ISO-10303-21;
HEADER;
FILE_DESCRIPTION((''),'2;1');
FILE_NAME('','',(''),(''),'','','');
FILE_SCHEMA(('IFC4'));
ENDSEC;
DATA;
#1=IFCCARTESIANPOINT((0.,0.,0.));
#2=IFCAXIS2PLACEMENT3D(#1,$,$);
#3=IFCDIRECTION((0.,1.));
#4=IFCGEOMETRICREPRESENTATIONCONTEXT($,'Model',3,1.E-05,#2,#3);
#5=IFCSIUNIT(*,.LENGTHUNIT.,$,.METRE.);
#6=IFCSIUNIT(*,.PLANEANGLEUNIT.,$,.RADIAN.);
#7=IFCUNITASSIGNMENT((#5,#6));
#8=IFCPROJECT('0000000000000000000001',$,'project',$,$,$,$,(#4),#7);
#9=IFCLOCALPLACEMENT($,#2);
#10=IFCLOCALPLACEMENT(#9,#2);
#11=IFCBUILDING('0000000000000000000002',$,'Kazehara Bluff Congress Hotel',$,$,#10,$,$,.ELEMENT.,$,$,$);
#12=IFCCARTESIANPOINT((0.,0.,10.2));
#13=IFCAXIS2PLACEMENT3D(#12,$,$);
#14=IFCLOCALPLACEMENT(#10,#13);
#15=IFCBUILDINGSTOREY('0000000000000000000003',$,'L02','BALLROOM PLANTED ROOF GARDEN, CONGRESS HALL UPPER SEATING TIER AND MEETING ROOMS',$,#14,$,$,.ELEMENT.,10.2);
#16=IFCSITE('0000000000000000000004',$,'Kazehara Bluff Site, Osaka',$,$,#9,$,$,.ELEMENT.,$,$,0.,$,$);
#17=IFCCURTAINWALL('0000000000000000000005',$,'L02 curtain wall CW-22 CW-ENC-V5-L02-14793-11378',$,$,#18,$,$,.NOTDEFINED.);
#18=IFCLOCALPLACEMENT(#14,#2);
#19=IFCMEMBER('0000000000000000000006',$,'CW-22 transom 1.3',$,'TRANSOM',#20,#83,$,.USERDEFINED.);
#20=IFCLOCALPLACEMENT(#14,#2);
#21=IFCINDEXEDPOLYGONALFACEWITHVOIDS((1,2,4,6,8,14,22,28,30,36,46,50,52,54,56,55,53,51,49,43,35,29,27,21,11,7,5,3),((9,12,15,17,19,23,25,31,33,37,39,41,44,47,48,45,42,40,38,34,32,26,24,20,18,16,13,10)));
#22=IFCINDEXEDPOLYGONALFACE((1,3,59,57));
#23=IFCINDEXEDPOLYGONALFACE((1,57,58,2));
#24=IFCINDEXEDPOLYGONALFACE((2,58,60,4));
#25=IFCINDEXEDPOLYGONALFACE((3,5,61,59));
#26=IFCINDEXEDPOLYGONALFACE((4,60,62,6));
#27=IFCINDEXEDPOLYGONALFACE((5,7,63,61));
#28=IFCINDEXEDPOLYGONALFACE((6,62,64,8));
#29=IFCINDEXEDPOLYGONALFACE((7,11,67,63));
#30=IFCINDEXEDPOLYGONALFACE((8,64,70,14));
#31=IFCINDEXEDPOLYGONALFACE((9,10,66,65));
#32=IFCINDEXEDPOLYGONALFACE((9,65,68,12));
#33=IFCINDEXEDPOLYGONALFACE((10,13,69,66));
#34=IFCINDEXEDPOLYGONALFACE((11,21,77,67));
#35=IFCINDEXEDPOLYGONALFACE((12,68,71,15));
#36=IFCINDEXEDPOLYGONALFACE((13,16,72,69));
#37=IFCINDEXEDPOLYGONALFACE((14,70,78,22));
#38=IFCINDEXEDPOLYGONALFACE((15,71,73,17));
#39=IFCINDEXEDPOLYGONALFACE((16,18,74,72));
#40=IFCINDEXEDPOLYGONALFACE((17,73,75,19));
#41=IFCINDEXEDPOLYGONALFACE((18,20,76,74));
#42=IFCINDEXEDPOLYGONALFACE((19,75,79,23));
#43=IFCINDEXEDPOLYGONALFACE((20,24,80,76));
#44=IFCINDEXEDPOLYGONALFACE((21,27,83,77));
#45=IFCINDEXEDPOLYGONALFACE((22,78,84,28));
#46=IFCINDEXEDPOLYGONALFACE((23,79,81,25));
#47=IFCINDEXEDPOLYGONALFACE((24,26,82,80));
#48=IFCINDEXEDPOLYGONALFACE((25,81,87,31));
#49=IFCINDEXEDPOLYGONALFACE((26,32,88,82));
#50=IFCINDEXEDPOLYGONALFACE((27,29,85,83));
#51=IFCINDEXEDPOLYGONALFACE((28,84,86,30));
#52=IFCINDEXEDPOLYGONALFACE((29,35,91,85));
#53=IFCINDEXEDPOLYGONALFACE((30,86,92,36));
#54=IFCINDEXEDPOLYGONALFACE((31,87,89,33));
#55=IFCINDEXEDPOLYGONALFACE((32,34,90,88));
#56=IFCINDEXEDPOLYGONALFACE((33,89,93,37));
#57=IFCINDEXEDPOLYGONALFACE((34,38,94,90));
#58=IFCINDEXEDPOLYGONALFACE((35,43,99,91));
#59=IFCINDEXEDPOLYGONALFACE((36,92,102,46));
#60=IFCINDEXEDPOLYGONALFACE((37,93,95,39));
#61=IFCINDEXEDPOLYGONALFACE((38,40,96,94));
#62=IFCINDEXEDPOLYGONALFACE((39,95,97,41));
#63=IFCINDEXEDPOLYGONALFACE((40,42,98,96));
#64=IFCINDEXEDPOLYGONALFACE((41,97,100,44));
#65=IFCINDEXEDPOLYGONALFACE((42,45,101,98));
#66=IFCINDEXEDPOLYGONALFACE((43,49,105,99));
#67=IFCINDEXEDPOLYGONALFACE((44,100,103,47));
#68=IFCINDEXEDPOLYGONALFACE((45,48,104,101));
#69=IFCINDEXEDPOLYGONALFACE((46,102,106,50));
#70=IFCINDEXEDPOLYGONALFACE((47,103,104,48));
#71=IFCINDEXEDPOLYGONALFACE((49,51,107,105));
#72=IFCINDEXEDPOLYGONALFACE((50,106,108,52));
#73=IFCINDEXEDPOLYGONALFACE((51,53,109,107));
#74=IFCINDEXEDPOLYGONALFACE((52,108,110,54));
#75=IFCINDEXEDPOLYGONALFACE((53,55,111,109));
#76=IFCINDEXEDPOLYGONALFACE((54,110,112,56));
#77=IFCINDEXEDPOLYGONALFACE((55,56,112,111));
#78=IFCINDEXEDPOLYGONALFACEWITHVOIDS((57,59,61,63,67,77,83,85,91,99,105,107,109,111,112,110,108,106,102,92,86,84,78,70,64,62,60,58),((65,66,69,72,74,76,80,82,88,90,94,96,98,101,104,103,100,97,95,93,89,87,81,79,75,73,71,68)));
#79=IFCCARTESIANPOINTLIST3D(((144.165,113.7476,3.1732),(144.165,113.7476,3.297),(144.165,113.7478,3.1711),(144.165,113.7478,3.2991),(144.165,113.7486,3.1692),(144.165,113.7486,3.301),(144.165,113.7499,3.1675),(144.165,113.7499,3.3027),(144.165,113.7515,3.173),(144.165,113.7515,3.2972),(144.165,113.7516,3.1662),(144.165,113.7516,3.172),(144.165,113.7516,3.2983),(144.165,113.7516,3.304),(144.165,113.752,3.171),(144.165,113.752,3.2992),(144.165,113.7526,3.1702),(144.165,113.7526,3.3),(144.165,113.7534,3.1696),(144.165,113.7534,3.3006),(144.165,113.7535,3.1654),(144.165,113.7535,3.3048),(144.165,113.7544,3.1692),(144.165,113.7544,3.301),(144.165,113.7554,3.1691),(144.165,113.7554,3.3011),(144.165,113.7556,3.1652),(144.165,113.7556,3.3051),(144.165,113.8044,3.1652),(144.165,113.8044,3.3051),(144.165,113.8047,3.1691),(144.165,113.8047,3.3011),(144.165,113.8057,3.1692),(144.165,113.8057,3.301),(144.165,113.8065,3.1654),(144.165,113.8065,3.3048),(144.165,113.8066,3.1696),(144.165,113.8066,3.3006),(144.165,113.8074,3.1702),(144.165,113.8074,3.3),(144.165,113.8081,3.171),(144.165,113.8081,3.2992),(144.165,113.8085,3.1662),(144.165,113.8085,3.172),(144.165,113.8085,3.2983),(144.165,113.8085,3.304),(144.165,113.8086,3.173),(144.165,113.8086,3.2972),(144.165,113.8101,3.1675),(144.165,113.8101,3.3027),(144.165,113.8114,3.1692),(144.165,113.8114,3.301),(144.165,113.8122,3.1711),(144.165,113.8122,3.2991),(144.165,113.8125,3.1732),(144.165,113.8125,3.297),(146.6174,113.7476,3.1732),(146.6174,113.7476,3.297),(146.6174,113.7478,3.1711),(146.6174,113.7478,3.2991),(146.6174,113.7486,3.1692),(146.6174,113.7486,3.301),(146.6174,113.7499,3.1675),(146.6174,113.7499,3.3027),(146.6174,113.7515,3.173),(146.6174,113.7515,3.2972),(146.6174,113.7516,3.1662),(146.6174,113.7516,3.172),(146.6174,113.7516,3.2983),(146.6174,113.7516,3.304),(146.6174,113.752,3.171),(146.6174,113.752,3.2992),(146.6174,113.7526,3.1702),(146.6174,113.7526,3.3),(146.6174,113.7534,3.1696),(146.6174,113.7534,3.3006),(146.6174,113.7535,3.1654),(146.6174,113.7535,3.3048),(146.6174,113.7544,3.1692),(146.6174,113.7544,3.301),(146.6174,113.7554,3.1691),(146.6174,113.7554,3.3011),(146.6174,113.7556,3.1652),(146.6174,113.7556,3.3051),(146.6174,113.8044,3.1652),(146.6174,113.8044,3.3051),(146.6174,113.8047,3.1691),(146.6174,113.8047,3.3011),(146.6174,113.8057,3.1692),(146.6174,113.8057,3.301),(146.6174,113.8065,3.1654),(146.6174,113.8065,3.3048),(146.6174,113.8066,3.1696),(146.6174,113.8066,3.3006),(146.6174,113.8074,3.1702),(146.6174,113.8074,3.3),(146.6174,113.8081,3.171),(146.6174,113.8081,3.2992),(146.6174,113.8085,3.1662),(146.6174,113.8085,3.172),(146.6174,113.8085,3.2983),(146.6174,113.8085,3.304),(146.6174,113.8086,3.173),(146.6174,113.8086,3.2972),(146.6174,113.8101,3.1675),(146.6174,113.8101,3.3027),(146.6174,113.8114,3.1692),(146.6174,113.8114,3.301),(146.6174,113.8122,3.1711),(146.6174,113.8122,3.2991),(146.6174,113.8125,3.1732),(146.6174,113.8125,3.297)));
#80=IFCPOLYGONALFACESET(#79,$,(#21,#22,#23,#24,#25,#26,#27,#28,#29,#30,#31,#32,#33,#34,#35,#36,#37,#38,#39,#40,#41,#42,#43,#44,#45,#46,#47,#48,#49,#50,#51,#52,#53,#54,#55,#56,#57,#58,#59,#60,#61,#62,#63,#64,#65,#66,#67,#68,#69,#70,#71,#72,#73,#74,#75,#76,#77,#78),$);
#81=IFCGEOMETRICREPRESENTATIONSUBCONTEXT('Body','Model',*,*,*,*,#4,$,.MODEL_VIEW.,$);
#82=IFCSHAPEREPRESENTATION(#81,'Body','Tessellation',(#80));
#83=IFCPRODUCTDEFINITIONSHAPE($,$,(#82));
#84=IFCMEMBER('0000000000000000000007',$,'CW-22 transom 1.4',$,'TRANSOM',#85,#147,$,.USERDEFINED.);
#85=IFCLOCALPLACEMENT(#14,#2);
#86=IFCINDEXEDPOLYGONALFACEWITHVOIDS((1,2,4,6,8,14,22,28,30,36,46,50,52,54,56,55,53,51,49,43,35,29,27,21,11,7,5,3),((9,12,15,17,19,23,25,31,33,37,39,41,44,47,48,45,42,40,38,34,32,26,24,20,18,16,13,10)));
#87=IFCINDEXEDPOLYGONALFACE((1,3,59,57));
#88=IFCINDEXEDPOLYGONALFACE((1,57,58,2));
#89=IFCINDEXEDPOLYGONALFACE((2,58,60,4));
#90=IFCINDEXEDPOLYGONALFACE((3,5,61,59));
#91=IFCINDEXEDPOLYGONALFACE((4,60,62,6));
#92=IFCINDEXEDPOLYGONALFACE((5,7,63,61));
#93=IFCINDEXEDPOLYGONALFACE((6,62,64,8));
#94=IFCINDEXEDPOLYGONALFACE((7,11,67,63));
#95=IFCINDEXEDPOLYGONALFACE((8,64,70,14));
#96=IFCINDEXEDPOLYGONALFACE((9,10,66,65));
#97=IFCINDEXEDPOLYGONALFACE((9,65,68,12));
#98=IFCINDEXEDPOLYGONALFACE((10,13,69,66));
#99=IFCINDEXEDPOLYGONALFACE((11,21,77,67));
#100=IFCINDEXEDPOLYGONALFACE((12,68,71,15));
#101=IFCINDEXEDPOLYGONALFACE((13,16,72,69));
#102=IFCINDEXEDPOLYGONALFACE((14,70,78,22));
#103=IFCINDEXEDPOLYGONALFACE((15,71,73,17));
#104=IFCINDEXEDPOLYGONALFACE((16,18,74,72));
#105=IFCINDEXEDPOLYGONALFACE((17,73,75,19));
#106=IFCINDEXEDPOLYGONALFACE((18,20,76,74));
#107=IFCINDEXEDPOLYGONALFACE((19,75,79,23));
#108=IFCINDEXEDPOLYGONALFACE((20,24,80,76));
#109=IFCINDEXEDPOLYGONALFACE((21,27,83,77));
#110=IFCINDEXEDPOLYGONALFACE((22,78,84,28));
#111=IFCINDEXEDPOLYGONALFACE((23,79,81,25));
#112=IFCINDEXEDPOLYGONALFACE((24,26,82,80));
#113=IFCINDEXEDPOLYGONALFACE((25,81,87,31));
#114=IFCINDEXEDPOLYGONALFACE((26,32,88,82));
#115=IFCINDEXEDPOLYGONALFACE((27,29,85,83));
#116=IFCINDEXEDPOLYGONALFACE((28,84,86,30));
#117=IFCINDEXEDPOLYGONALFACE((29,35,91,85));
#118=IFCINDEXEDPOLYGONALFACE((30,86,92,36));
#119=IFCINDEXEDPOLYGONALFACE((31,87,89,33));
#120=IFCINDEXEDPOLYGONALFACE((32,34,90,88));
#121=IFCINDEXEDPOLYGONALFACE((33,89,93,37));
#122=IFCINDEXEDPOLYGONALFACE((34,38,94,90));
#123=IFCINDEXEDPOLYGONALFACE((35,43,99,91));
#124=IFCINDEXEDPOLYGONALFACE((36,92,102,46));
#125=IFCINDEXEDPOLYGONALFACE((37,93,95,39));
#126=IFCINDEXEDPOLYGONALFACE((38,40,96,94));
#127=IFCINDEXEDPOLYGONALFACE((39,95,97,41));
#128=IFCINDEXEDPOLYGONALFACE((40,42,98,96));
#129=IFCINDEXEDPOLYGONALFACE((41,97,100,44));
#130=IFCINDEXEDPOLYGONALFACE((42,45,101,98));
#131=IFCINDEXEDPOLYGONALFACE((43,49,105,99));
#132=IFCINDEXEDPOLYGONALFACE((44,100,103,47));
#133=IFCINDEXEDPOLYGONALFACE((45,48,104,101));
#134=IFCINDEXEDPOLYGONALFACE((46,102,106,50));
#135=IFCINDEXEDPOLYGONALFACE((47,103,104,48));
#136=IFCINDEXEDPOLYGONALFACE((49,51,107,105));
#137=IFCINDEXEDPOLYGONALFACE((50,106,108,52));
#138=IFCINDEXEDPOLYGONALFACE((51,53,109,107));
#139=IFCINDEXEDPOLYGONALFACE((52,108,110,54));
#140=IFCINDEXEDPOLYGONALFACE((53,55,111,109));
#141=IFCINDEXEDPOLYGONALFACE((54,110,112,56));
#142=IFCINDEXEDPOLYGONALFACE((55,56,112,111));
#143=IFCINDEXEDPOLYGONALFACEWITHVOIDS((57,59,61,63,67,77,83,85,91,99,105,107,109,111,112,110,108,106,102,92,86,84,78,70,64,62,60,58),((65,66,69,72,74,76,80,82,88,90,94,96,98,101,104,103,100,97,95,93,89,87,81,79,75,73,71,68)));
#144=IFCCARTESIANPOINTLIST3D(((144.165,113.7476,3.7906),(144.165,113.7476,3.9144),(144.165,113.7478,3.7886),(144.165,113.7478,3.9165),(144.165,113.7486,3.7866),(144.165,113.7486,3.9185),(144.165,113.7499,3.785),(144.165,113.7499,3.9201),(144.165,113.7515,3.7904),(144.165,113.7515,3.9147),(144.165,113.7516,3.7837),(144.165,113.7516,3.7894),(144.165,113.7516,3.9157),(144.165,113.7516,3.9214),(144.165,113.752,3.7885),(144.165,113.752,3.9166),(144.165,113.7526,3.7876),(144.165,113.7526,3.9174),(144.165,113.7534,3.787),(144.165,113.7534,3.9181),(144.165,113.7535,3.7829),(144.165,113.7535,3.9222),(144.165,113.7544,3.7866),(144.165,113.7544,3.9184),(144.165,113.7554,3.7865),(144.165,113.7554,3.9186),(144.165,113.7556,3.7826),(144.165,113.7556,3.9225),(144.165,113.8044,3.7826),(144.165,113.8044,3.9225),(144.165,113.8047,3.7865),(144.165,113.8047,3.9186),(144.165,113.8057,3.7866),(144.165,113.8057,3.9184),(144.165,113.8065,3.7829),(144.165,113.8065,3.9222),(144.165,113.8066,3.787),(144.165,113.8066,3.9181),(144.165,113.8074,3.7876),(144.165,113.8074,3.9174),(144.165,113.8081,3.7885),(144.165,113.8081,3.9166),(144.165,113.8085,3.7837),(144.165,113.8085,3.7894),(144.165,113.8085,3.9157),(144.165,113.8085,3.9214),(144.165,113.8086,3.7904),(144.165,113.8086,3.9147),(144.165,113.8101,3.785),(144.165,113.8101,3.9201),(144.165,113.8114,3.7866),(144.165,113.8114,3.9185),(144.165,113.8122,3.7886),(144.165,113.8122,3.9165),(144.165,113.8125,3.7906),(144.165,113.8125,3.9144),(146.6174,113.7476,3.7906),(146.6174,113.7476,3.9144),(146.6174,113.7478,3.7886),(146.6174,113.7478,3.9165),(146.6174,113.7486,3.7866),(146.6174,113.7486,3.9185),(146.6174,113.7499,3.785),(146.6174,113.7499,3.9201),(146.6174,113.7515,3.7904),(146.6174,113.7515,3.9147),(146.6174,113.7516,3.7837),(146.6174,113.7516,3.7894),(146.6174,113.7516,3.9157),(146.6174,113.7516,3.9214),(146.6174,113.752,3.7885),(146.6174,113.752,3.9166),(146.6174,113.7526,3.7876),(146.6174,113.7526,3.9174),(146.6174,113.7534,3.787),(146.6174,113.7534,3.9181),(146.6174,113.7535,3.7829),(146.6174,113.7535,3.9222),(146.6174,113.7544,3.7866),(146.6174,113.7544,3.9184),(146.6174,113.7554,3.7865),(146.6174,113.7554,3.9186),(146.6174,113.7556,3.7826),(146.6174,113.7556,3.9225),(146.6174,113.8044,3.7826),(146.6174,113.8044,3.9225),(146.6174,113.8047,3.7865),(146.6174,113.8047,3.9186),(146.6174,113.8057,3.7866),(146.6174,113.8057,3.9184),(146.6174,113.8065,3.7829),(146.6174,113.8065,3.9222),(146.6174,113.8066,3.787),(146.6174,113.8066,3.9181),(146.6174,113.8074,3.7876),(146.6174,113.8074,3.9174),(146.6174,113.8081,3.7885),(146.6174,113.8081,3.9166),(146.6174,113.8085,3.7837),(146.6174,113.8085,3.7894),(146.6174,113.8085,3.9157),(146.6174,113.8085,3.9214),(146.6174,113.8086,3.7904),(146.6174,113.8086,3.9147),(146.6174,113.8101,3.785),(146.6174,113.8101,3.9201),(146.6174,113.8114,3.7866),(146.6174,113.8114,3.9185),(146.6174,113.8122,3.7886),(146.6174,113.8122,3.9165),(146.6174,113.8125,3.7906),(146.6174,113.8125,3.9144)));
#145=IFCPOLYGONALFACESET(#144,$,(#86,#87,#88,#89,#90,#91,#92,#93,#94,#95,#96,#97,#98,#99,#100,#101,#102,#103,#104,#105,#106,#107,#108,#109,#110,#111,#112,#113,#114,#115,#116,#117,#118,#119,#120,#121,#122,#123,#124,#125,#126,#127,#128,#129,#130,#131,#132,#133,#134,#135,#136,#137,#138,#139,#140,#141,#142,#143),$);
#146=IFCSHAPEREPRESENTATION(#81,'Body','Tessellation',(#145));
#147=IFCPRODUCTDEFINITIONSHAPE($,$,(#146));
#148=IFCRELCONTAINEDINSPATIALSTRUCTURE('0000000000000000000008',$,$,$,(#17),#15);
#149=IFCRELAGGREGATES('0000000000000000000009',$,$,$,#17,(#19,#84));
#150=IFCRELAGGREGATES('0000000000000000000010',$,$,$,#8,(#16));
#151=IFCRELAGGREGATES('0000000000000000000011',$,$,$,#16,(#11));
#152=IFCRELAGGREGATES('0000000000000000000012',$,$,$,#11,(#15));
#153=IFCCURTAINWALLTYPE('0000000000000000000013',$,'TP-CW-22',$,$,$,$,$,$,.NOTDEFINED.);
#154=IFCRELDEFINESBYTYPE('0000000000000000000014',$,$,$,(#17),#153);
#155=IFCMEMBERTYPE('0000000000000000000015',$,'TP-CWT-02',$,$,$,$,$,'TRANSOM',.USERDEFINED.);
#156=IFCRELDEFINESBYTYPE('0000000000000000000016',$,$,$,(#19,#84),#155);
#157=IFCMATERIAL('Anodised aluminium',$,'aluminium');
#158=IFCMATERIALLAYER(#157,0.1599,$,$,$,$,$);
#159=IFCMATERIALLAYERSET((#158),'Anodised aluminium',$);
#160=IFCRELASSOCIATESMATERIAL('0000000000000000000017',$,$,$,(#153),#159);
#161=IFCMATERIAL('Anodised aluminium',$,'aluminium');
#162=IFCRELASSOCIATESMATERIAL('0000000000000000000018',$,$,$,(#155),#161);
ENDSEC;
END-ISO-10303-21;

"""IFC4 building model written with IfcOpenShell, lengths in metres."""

from ifc_helpers import new_model, si_unit, direction, frame, origin, origin_2d, place, context, subcontext, project, spatial, hollow_rectangle, extrude, material, layer, layer_set, material_profile, profile_set, type_object, element, aggregate, save


model = new_model("IFC4")

# Units and contexts
model_context = context("Model", 3, precision=1e-05, world=origin(), true_north=direction((0.0, 1.0)))
body_context = subcontext(model_context, "Body", "Model", "MODEL_VIEW")
ifc_project = project(units=[si_unit("LENGTHUNIT", "METRE"), si_unit("PLANEANGLEUNIT", "RADIAN")], contexts=[model_context])

# Site, building, storey
site_placement = place(None, origin())
site = spatial("IfcSite", under=ifc_project, at=site_placement, Name="Kazehara Bluff Site, Osaka", CompositionType="ELEMENT", RefElevation=0.0)
building_placement = place(site_placement, origin())
building = spatial("IfcBuilding", under=site, at=building_placement, Name="Kazehara Bluff Congress Hotel", CompositionType="ELEMENT")
storey_placement = place(building_placement, frame((0.0, 0.0, 10.2)))
storey = spatial("IfcBuildingStorey", under=building, at=storey_placement, Name="L02", Description="BALLROOM PLANTED ROOF GARDEN, CONGRESS HALL UPPER SEATING TIER AND MEETING ROOMS", CompositionType="ELEMENT", Elevation=10.2)

# Curtain wall
ifc_material_1 = material(Name="Anodised aluminium", Category="aluminium")
ifc_layer_1 = layer(ifc_material_1, 0.1599)
ifc_layer_set_1 = layer_set([ifc_layer_1], Name="Anodised aluminium")
curtain_wall_type_1 = type_object("IfcCurtainWallType", Name="TP-CW-22", PredefinedType="NOTDEFINED", material=ifc_layer_set_1)
curtain_wall_1_placement = place(storey_placement, origin())
curtain_wall_1 = element("IfcCurtainWall", 1, at=curtain_wall_1_placement, inside=storey, type_object=curtain_wall_type_1, Name="L02 curtain wall CW-22 CW-ENC-V5-L02-14793-11378", PredefinedType="NOTDEFINED")

# Members
ifc_material_2 = material(Name="Anodised aluminium", Category="aluminium")
ifc_material_profile_1 = material_profile(ifc_material_2, hollow_rectangle(XDim=0.0649, YDim=0.1399, WallThickness=0.0039, InnerFilletRadius=0.0039, OuterFilletRadius=0.0081, at=origin_2d()))
ifc_profile_set_1 = profile_set([ifc_material_profile_1], Name="Anodised aluminium")
member_type_1 = type_object("IfcMemberType", Name="TP-CWT-02", ElementType="TRANSOM", PredefinedType="USERDEFINED", material=ifc_profile_set_1)
member_1_placement = place(storey_placement, frame((144.165, 113.78, 3.2351), z_axis=(1.0, 0.0, 0.0), x_axis=(0.0, 1.0, 0.0)))
member_1 = element("IfcMember", 2, at=member_1_placement, type_object=member_type_1, Name="CW-22 transom 1.3", ObjectType="TRANSOM", PredefinedType="USERDEFINED", context=body_context, shape_type="SweptSolid", body=[
    extrude(hollow_rectangle(XDim=0.0649, YDim=0.1399, WallThickness=0.0039, InnerFilletRadius=0.0039, OuterFilletRadius=0.0081, at=origin_2d()), origin(), (0.0, 0.0, 1.0), 2.4524),
])
member_2_placement = place(storey_placement, frame((144.165, 113.78, 3.8525), z_axis=(1.0, 0.0, 0.0), x_axis=(0.0, 1.0, 0.0)))
member_2 = element("IfcMember", 3, at=member_2_placement, type_object=member_type_1, Name="CW-22 transom 1.4", ObjectType="TRANSOM", PredefinedType="USERDEFINED", context=body_context, shape_type="SweptSolid", body=[
    extrude(hollow_rectangle(XDim=0.0649, YDim=0.1399, WallThickness=0.0039, InnerFilletRadius=0.0039, OuterFilletRadius=0.0081, at=origin_2d()), origin(), (0.0, 0.0, 1.0), 2.4524),
])

aggregate(curtain_wall_1, [member_1, member_2])

save(model, "model.ifc")
